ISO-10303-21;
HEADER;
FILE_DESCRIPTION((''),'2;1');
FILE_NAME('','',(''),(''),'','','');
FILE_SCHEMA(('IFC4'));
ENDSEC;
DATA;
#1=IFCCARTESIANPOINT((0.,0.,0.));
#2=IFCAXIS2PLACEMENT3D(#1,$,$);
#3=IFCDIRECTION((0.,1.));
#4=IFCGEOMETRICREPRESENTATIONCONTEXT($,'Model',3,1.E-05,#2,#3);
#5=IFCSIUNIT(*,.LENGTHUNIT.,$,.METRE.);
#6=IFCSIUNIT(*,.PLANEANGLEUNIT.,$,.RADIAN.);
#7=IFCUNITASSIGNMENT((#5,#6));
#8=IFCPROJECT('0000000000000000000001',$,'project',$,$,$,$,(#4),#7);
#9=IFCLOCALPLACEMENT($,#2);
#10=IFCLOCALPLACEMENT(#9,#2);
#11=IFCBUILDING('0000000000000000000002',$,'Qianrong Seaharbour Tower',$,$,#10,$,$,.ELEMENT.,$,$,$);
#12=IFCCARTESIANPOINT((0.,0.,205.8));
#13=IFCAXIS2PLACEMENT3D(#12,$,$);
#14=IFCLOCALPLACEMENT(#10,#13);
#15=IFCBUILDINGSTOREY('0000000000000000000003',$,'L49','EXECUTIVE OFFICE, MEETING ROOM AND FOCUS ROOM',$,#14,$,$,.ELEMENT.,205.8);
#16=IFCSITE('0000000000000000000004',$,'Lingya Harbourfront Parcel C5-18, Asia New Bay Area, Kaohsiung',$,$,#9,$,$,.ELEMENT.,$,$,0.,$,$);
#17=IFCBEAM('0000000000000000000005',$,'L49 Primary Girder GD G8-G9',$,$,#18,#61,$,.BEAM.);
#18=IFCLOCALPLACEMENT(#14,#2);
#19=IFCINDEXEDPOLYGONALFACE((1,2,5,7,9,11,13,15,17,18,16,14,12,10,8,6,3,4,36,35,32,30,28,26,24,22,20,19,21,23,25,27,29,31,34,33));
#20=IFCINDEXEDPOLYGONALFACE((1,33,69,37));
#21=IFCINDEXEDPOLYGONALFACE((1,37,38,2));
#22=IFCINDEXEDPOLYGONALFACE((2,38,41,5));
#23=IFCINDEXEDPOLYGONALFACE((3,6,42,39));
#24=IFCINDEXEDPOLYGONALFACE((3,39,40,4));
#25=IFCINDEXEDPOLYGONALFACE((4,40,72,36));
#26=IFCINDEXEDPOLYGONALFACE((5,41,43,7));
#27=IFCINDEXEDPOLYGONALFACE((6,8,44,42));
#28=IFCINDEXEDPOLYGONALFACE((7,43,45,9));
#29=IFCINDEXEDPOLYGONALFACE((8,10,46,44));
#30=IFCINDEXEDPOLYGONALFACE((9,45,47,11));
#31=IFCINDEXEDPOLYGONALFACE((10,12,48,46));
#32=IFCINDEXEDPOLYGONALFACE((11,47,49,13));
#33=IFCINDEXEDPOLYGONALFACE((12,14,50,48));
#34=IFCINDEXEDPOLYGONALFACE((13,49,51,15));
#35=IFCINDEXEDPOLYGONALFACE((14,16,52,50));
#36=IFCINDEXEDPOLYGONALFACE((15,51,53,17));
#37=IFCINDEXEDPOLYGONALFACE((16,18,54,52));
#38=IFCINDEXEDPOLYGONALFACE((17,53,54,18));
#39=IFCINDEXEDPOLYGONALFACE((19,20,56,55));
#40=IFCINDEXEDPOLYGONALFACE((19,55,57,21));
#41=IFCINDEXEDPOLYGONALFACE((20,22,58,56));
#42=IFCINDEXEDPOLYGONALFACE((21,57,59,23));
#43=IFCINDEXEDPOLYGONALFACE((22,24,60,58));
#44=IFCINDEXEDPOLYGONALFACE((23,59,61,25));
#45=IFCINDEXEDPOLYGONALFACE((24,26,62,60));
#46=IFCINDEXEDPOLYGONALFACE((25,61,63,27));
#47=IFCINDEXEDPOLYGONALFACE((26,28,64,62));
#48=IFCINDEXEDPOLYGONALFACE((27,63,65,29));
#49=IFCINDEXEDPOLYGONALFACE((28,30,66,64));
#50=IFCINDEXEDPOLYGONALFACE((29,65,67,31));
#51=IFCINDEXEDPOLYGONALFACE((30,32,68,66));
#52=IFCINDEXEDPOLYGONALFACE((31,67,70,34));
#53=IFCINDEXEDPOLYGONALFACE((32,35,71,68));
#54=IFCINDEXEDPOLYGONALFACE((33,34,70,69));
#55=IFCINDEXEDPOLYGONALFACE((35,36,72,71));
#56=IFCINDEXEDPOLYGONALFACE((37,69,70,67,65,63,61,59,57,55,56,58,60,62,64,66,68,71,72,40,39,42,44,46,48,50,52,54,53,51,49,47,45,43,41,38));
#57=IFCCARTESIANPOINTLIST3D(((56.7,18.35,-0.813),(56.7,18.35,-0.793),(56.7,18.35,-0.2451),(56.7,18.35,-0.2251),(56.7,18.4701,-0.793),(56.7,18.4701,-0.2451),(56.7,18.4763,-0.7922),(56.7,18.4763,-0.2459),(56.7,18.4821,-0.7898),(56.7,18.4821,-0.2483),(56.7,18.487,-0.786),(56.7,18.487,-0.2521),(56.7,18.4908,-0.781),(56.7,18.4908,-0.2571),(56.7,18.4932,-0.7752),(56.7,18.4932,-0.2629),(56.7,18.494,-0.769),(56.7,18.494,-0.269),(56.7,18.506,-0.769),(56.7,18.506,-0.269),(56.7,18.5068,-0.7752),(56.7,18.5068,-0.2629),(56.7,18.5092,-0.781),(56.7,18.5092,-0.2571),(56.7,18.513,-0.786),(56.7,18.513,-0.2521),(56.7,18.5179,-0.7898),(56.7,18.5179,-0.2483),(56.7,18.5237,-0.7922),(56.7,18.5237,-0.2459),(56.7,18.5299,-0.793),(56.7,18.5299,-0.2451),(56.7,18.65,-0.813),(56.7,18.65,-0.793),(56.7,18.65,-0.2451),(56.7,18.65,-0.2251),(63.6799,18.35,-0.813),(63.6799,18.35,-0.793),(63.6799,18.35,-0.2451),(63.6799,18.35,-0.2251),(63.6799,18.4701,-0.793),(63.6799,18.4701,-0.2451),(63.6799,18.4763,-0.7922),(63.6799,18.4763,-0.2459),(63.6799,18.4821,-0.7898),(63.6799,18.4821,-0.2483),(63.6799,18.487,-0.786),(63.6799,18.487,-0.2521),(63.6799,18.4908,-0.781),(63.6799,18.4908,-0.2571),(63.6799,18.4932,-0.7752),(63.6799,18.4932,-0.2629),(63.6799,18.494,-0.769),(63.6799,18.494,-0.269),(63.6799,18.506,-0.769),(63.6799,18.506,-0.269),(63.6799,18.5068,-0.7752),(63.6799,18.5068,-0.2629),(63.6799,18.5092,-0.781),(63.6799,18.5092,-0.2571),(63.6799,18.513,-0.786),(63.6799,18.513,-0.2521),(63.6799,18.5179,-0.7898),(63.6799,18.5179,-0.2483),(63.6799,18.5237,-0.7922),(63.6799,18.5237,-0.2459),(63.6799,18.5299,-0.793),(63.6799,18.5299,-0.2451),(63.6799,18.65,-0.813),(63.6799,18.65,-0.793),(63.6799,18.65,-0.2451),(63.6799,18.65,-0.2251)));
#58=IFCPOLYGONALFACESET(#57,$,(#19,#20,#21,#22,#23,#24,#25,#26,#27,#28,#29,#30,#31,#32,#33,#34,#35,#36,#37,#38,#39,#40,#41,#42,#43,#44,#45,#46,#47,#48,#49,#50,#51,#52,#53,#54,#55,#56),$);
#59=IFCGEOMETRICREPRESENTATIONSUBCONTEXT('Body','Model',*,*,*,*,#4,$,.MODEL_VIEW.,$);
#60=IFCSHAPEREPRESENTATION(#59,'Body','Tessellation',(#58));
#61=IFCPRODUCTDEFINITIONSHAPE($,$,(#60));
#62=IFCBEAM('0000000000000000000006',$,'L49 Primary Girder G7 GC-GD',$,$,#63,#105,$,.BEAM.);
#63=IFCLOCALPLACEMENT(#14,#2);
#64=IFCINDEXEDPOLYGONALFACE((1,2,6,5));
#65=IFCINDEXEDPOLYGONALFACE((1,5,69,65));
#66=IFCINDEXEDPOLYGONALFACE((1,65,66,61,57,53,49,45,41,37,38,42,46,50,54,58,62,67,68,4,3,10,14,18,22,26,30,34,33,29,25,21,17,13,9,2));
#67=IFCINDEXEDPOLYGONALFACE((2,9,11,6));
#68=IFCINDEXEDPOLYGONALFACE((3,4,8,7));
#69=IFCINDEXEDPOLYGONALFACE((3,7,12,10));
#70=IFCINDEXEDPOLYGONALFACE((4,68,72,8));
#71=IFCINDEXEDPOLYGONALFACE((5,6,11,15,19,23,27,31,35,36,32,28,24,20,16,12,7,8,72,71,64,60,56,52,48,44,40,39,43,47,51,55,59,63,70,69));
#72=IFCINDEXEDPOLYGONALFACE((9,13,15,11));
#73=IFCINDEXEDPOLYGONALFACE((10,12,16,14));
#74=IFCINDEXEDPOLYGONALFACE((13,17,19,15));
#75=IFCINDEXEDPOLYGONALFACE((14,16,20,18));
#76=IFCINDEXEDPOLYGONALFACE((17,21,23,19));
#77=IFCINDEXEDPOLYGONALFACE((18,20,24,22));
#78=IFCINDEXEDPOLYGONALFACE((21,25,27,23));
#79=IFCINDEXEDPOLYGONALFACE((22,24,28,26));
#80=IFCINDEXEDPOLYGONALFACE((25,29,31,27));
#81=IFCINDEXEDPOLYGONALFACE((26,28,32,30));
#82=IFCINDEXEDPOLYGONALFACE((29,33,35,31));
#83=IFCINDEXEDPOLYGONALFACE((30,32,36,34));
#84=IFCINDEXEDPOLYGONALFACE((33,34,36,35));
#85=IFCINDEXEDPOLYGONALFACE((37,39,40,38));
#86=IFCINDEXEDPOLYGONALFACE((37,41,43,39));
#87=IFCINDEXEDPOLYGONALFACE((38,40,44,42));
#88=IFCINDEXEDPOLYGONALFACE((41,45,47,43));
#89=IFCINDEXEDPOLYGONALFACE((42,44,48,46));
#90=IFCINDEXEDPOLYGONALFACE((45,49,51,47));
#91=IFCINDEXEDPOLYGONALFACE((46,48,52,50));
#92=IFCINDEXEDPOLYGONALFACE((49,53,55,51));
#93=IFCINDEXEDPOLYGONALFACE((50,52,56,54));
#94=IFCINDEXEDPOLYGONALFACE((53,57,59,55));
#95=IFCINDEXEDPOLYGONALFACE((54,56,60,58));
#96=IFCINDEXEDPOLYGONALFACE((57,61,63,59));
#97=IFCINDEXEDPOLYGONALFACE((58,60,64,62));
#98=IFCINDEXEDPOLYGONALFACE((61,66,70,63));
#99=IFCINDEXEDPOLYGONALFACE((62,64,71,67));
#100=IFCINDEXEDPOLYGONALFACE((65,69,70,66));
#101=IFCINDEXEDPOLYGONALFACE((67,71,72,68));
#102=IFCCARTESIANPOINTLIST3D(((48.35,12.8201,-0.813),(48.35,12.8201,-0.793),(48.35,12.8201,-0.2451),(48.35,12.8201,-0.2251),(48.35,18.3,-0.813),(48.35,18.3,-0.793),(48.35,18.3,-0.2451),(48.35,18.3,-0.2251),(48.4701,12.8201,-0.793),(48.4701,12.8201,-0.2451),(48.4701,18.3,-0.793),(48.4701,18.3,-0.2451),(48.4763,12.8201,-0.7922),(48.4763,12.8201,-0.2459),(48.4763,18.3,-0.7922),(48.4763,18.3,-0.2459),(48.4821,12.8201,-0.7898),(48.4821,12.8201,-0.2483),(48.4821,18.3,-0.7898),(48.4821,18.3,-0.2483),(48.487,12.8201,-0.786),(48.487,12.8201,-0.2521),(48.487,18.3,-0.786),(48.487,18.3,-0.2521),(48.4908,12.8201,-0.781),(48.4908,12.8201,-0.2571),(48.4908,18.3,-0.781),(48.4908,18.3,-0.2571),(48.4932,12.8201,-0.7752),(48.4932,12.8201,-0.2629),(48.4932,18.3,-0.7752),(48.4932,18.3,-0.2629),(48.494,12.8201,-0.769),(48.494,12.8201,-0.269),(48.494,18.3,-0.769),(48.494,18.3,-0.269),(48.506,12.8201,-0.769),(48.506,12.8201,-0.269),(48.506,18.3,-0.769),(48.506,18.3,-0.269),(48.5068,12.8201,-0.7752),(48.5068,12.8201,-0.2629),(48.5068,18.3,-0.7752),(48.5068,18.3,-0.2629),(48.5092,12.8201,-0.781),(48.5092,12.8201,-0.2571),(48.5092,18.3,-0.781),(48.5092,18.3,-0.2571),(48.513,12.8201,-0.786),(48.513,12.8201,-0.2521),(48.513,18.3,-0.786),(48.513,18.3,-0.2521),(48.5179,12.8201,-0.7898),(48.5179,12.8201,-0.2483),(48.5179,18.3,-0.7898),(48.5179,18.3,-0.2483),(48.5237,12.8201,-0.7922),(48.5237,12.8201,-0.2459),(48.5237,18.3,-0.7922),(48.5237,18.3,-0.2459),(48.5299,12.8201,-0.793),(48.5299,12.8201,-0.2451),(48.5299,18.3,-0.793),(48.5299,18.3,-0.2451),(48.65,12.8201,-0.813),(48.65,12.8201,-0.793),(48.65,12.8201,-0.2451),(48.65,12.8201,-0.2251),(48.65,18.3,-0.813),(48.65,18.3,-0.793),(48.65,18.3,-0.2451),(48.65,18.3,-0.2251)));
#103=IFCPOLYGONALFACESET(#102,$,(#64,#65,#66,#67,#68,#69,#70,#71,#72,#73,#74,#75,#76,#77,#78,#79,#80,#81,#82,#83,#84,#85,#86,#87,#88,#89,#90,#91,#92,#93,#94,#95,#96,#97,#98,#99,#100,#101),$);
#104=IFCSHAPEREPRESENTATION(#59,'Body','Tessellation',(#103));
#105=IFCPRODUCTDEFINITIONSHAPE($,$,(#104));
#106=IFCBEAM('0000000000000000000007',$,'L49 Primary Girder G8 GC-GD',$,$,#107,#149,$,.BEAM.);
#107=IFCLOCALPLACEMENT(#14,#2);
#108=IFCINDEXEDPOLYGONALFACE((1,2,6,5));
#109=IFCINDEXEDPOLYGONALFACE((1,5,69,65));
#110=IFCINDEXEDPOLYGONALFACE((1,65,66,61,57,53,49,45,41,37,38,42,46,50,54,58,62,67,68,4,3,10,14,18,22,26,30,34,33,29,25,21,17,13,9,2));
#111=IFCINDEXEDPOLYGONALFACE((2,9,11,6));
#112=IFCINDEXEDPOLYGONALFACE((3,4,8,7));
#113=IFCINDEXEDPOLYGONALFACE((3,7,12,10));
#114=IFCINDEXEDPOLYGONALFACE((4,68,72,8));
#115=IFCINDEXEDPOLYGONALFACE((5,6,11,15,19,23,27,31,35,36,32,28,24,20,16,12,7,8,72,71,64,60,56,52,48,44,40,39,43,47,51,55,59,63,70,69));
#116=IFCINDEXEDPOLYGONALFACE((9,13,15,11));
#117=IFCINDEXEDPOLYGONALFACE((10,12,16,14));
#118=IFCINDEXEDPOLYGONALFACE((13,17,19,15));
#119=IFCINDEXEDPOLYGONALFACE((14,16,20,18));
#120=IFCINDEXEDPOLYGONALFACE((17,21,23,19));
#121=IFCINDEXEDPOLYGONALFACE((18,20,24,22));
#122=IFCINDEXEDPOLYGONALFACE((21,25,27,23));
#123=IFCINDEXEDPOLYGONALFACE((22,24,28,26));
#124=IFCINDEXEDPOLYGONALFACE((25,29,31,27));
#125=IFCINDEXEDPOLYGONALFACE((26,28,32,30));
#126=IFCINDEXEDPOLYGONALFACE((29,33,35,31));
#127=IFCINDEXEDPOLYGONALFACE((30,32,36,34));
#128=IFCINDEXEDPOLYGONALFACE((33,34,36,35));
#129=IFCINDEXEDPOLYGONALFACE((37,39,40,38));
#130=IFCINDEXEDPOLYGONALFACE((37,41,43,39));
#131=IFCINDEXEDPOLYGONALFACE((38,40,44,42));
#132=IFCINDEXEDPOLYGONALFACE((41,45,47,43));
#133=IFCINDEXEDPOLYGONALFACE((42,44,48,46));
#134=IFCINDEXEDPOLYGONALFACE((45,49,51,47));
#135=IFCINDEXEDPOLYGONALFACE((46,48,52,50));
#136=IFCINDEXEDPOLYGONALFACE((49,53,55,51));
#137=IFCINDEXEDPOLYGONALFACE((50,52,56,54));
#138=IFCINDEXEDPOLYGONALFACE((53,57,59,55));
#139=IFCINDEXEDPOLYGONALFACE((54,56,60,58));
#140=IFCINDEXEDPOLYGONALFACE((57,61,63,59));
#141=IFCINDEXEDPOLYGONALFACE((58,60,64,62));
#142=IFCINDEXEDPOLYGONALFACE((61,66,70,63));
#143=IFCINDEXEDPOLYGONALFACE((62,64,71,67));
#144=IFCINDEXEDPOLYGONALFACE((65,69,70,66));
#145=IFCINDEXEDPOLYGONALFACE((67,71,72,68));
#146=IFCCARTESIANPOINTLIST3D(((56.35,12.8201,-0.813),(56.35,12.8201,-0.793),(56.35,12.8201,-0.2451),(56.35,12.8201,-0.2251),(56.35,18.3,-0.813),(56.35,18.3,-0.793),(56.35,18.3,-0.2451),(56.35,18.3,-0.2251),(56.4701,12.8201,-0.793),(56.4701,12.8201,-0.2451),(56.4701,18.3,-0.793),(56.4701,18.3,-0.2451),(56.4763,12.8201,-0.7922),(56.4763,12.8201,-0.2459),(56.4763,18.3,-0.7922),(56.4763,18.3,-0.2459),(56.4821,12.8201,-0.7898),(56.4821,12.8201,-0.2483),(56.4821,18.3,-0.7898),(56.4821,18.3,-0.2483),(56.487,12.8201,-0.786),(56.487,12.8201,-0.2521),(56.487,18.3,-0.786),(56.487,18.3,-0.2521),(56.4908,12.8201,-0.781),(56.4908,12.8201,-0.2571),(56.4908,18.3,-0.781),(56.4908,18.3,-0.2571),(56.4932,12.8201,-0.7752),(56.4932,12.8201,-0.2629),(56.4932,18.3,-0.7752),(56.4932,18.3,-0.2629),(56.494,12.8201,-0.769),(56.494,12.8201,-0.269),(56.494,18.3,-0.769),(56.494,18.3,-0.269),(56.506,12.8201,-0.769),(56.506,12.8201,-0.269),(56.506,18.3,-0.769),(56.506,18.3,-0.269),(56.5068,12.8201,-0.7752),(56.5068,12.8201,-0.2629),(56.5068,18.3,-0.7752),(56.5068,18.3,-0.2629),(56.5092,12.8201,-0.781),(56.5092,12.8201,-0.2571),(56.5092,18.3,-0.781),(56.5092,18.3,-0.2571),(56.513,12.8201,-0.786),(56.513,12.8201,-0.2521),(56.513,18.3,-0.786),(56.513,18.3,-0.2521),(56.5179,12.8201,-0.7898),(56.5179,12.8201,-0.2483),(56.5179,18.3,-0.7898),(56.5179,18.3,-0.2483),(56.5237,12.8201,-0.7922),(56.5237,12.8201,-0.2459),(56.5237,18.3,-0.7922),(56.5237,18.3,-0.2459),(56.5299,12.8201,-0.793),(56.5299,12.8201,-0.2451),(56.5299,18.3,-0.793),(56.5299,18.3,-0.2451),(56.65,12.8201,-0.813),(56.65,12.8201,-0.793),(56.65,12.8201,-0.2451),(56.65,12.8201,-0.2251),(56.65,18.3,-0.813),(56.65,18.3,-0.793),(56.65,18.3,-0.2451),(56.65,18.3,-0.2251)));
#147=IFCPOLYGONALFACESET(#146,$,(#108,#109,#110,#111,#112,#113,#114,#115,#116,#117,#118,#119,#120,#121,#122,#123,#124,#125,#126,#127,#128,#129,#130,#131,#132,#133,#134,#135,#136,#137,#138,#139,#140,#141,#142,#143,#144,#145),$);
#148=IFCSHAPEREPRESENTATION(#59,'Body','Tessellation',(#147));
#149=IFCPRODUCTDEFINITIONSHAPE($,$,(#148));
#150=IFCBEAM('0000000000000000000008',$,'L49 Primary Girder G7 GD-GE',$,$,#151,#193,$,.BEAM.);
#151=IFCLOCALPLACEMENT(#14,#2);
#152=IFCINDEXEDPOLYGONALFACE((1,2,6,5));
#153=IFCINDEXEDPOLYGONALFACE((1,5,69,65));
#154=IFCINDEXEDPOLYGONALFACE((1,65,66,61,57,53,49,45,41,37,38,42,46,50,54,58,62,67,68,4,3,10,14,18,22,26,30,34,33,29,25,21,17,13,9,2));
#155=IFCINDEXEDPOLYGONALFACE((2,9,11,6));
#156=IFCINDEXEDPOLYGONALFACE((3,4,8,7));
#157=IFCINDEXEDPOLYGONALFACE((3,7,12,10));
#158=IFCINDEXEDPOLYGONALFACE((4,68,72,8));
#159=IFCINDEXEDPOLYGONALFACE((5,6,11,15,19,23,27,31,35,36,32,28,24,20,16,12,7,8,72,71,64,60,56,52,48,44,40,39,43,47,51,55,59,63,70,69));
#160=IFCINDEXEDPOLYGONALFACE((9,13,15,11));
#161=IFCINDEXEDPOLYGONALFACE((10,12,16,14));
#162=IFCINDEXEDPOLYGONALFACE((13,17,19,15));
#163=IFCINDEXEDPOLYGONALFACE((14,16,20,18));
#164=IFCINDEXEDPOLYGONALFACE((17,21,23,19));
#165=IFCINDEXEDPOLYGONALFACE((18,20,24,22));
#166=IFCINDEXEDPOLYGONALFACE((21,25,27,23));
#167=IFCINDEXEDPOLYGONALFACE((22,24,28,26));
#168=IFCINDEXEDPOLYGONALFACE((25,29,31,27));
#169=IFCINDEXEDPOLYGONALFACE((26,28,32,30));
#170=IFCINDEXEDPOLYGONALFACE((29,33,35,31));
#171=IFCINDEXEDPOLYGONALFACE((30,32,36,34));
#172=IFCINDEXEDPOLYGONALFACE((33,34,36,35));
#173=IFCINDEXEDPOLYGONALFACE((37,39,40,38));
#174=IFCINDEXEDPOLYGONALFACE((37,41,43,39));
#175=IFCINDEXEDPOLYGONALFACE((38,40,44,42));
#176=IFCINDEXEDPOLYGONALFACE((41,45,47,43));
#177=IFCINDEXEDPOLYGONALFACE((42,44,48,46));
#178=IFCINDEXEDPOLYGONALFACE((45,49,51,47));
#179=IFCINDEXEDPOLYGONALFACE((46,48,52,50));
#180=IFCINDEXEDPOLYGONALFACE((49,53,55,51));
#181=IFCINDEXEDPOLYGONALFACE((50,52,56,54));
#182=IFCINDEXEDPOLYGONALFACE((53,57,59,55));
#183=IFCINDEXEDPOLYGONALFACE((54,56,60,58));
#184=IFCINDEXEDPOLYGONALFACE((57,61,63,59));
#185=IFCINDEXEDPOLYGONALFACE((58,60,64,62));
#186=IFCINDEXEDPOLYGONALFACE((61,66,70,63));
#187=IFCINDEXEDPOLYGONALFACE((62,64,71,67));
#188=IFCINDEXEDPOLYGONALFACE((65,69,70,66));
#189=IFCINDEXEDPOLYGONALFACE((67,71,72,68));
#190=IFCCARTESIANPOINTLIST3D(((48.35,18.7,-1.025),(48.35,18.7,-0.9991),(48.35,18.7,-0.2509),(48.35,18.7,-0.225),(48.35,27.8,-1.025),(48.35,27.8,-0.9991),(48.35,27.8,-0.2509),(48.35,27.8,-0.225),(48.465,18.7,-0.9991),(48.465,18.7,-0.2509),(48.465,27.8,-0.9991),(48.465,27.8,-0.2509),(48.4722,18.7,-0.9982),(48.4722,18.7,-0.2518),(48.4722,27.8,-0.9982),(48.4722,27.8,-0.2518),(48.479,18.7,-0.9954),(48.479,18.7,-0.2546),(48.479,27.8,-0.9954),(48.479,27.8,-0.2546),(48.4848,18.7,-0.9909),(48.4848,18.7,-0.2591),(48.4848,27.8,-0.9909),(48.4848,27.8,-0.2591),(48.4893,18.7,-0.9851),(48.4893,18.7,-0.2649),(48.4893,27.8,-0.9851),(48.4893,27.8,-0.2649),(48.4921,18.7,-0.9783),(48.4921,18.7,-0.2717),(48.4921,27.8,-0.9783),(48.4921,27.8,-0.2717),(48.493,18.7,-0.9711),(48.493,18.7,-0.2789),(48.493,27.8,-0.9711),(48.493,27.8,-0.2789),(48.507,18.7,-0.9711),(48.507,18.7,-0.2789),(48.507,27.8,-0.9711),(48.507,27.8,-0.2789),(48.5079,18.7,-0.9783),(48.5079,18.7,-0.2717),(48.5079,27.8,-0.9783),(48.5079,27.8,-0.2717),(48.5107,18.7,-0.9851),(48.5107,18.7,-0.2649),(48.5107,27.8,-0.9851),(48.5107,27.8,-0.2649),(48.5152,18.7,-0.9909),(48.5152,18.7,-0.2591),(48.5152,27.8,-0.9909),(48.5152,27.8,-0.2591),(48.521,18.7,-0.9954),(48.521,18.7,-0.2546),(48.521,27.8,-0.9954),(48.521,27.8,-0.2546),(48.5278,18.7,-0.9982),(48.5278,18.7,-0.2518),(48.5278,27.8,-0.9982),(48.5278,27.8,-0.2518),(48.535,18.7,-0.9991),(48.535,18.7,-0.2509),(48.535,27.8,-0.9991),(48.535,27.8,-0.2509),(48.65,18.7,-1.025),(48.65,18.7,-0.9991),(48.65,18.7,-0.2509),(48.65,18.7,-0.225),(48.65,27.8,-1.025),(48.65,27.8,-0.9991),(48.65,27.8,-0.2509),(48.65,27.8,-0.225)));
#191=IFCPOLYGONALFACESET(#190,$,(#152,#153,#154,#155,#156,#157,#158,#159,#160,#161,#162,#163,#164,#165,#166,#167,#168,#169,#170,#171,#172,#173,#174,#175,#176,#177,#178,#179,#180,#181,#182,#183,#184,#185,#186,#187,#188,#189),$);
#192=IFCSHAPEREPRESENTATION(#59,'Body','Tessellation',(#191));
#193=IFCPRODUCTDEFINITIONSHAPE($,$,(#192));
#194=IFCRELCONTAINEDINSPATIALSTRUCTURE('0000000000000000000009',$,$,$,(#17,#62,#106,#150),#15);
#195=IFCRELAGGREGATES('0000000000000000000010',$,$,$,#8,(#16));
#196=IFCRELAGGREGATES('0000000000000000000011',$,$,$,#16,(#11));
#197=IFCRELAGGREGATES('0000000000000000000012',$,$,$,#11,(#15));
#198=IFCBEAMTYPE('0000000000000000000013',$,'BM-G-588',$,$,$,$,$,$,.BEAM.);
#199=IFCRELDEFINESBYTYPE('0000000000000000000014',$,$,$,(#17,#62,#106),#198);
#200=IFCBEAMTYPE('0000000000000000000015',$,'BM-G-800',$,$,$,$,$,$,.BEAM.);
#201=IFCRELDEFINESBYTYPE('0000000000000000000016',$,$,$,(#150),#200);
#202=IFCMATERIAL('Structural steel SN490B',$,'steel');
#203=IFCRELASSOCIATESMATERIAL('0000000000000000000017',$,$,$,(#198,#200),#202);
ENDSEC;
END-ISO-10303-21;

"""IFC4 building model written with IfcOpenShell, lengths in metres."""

from ifc_helpers import new_model, si_unit, direction, frame, origin, origin_2d, place, context, subcontext, project, spatial, i_section, extrude, material, material_profile, profile_set, type_object, element, save


model = new_model("IFC4")

# Units and contexts
model_context = context("Model", 3, precision=1e-05, world=origin(), true_north=direction((0.0, 1.0)))
body_context = subcontext(model_context, "Body", "Model", "MODEL_VIEW")
ifc_project = project(units=[si_unit("LENGTHUNIT", "METRE"), si_unit("PLANEANGLEUNIT", "RADIAN")], contexts=[model_context])

# Site, building, storey
site_placement = place(None, origin())
site = spatial("IfcSite", under=ifc_project, at=site_placement, Name="Lingya Harbourfront Parcel C5-18, Asia New Bay Area, Kaohsiung", CompositionType="ELEMENT", RefElevation=0.0)
building_placement = place(site_placement, origin())
building = spatial("IfcBuilding", under=site, at=building_placement, Name="Qianrong Seaharbour Tower", CompositionType="ELEMENT")
storey_placement = place(building_placement, frame((0.0, 0.0, 205.8)))
storey = spatial("IfcBuildingStorey", under=building, at=storey_placement, Name="L49", Description="EXECUTIVE OFFICE, MEETING ROOM AND FOCUS ROOM", CompositionType="ELEMENT", Elevation=205.8)

# Shared definitions
ifc_material_1 = material(Name="Structural steel SN490B", Category="steel")

# Beams
ifc_material_profile_1 = material_profile(ifc_material_1, i_section(OverallWidth=0.3, OverallDepth=0.5879, WebThickness=0.012, FlangeThickness=0.02, FilletRadius=0.0239, at=origin_2d()), Name="H588x300x12x20")
ifc_profile_set_1 = profile_set([ifc_material_profile_1], Name="Structural steel SN490B")
beam_type_1 = type_object("IfcBeamType", Name="BM-G-588", PredefinedType="BEAM", material=ifc_profile_set_1)
beam_1_placement = place(storey_placement, frame((56.7, 18.5, -0.519), z_axis=(1.0, 0.0, 0.0), x_axis=(0.0, 1.0, 0.0)))
element("IfcBeam", 1, at=beam_1_placement, inside=storey, type_object=beam_type_1, Name="L49 Primary Girder GD G8-G9", PredefinedType="BEAM", context=body_context, shape_type="SweptSolid", body=[
    extrude(i_section(OverallWidth=0.3, OverallDepth=0.5879, WebThickness=0.012, FlangeThickness=0.02, FilletRadius=0.0239, at=origin_2d()), origin(), (0.0, 0.0, 1.0), 6.98),
])
for number, where, z_axis, x_axis, name in (
    (2, (48.5, 12.8201, -0.519), (0.0, 1.0, 0.0), (-1.0, 0.0, 0.0), "L49 Primary Girder G7 GC-GD"),
    (3, (56.5, 12.8201, -0.519), (0.0, 1.0, 0.0), (-1.0, 0.0, 0.0), "L49 Primary Girder G8 GC-GD"),
):
    element("IfcBeam", number, at=place(storey_placement, frame(where, z_axis=z_axis, x_axis=x_axis)), inside=storey, type_object=beam_type_1, Name=name, PredefinedType="BEAM", context=body_context, shape_type="SweptSolid", body=[
        extrude(i_section(OverallWidth=0.3, OverallDepth=0.5879, WebThickness=0.012, FlangeThickness=0.02, FilletRadius=0.0239, at=origin_2d()), origin(), (0.0, 0.0, 1.0), 5.48),
    ])
ifc_material_profile_2 = material_profile(ifc_material_1, i_section(OverallWidth=0.3, OverallDepth=0.8, WebThickness=0.0139, FlangeThickness=0.0259, FilletRadius=0.0281, at=origin_2d()), Name="H800x300x14x26")
ifc_profile_set_2 = profile_set([ifc_material_profile_2], Name="Structural steel SN490B")
beam_type_2 = type_object("IfcBeamType", Name="BM-G-800", PredefinedType="BEAM", material=ifc_profile_set_2)
for number, where, z_axis, x_axis, name in (
    (4, (48.5, 18.7, -0.625), (0.0, 1.0, 0.0), (-1.0, 0.0, 0.0), "L49 Primary Girder G7 GD-GE"),
):
    element("IfcBeam", number, at=place(storey_placement, frame(where, z_axis=z_axis, x_axis=x_axis)), inside=storey, type_object=beam_type_2, Name=name, PredefinedType="BEAM", context=body_context, shape_type="SweptSolid", body=[
        extrude(i_section(OverallWidth=0.3, OverallDepth=0.8, WebThickness=0.0139, FlangeThickness=0.0259, FilletRadius=0.0281, at=origin_2d()), origin(), (0.0, 0.0, 1.0), 9.1001),
    ])

save(model, "model.ifc")
